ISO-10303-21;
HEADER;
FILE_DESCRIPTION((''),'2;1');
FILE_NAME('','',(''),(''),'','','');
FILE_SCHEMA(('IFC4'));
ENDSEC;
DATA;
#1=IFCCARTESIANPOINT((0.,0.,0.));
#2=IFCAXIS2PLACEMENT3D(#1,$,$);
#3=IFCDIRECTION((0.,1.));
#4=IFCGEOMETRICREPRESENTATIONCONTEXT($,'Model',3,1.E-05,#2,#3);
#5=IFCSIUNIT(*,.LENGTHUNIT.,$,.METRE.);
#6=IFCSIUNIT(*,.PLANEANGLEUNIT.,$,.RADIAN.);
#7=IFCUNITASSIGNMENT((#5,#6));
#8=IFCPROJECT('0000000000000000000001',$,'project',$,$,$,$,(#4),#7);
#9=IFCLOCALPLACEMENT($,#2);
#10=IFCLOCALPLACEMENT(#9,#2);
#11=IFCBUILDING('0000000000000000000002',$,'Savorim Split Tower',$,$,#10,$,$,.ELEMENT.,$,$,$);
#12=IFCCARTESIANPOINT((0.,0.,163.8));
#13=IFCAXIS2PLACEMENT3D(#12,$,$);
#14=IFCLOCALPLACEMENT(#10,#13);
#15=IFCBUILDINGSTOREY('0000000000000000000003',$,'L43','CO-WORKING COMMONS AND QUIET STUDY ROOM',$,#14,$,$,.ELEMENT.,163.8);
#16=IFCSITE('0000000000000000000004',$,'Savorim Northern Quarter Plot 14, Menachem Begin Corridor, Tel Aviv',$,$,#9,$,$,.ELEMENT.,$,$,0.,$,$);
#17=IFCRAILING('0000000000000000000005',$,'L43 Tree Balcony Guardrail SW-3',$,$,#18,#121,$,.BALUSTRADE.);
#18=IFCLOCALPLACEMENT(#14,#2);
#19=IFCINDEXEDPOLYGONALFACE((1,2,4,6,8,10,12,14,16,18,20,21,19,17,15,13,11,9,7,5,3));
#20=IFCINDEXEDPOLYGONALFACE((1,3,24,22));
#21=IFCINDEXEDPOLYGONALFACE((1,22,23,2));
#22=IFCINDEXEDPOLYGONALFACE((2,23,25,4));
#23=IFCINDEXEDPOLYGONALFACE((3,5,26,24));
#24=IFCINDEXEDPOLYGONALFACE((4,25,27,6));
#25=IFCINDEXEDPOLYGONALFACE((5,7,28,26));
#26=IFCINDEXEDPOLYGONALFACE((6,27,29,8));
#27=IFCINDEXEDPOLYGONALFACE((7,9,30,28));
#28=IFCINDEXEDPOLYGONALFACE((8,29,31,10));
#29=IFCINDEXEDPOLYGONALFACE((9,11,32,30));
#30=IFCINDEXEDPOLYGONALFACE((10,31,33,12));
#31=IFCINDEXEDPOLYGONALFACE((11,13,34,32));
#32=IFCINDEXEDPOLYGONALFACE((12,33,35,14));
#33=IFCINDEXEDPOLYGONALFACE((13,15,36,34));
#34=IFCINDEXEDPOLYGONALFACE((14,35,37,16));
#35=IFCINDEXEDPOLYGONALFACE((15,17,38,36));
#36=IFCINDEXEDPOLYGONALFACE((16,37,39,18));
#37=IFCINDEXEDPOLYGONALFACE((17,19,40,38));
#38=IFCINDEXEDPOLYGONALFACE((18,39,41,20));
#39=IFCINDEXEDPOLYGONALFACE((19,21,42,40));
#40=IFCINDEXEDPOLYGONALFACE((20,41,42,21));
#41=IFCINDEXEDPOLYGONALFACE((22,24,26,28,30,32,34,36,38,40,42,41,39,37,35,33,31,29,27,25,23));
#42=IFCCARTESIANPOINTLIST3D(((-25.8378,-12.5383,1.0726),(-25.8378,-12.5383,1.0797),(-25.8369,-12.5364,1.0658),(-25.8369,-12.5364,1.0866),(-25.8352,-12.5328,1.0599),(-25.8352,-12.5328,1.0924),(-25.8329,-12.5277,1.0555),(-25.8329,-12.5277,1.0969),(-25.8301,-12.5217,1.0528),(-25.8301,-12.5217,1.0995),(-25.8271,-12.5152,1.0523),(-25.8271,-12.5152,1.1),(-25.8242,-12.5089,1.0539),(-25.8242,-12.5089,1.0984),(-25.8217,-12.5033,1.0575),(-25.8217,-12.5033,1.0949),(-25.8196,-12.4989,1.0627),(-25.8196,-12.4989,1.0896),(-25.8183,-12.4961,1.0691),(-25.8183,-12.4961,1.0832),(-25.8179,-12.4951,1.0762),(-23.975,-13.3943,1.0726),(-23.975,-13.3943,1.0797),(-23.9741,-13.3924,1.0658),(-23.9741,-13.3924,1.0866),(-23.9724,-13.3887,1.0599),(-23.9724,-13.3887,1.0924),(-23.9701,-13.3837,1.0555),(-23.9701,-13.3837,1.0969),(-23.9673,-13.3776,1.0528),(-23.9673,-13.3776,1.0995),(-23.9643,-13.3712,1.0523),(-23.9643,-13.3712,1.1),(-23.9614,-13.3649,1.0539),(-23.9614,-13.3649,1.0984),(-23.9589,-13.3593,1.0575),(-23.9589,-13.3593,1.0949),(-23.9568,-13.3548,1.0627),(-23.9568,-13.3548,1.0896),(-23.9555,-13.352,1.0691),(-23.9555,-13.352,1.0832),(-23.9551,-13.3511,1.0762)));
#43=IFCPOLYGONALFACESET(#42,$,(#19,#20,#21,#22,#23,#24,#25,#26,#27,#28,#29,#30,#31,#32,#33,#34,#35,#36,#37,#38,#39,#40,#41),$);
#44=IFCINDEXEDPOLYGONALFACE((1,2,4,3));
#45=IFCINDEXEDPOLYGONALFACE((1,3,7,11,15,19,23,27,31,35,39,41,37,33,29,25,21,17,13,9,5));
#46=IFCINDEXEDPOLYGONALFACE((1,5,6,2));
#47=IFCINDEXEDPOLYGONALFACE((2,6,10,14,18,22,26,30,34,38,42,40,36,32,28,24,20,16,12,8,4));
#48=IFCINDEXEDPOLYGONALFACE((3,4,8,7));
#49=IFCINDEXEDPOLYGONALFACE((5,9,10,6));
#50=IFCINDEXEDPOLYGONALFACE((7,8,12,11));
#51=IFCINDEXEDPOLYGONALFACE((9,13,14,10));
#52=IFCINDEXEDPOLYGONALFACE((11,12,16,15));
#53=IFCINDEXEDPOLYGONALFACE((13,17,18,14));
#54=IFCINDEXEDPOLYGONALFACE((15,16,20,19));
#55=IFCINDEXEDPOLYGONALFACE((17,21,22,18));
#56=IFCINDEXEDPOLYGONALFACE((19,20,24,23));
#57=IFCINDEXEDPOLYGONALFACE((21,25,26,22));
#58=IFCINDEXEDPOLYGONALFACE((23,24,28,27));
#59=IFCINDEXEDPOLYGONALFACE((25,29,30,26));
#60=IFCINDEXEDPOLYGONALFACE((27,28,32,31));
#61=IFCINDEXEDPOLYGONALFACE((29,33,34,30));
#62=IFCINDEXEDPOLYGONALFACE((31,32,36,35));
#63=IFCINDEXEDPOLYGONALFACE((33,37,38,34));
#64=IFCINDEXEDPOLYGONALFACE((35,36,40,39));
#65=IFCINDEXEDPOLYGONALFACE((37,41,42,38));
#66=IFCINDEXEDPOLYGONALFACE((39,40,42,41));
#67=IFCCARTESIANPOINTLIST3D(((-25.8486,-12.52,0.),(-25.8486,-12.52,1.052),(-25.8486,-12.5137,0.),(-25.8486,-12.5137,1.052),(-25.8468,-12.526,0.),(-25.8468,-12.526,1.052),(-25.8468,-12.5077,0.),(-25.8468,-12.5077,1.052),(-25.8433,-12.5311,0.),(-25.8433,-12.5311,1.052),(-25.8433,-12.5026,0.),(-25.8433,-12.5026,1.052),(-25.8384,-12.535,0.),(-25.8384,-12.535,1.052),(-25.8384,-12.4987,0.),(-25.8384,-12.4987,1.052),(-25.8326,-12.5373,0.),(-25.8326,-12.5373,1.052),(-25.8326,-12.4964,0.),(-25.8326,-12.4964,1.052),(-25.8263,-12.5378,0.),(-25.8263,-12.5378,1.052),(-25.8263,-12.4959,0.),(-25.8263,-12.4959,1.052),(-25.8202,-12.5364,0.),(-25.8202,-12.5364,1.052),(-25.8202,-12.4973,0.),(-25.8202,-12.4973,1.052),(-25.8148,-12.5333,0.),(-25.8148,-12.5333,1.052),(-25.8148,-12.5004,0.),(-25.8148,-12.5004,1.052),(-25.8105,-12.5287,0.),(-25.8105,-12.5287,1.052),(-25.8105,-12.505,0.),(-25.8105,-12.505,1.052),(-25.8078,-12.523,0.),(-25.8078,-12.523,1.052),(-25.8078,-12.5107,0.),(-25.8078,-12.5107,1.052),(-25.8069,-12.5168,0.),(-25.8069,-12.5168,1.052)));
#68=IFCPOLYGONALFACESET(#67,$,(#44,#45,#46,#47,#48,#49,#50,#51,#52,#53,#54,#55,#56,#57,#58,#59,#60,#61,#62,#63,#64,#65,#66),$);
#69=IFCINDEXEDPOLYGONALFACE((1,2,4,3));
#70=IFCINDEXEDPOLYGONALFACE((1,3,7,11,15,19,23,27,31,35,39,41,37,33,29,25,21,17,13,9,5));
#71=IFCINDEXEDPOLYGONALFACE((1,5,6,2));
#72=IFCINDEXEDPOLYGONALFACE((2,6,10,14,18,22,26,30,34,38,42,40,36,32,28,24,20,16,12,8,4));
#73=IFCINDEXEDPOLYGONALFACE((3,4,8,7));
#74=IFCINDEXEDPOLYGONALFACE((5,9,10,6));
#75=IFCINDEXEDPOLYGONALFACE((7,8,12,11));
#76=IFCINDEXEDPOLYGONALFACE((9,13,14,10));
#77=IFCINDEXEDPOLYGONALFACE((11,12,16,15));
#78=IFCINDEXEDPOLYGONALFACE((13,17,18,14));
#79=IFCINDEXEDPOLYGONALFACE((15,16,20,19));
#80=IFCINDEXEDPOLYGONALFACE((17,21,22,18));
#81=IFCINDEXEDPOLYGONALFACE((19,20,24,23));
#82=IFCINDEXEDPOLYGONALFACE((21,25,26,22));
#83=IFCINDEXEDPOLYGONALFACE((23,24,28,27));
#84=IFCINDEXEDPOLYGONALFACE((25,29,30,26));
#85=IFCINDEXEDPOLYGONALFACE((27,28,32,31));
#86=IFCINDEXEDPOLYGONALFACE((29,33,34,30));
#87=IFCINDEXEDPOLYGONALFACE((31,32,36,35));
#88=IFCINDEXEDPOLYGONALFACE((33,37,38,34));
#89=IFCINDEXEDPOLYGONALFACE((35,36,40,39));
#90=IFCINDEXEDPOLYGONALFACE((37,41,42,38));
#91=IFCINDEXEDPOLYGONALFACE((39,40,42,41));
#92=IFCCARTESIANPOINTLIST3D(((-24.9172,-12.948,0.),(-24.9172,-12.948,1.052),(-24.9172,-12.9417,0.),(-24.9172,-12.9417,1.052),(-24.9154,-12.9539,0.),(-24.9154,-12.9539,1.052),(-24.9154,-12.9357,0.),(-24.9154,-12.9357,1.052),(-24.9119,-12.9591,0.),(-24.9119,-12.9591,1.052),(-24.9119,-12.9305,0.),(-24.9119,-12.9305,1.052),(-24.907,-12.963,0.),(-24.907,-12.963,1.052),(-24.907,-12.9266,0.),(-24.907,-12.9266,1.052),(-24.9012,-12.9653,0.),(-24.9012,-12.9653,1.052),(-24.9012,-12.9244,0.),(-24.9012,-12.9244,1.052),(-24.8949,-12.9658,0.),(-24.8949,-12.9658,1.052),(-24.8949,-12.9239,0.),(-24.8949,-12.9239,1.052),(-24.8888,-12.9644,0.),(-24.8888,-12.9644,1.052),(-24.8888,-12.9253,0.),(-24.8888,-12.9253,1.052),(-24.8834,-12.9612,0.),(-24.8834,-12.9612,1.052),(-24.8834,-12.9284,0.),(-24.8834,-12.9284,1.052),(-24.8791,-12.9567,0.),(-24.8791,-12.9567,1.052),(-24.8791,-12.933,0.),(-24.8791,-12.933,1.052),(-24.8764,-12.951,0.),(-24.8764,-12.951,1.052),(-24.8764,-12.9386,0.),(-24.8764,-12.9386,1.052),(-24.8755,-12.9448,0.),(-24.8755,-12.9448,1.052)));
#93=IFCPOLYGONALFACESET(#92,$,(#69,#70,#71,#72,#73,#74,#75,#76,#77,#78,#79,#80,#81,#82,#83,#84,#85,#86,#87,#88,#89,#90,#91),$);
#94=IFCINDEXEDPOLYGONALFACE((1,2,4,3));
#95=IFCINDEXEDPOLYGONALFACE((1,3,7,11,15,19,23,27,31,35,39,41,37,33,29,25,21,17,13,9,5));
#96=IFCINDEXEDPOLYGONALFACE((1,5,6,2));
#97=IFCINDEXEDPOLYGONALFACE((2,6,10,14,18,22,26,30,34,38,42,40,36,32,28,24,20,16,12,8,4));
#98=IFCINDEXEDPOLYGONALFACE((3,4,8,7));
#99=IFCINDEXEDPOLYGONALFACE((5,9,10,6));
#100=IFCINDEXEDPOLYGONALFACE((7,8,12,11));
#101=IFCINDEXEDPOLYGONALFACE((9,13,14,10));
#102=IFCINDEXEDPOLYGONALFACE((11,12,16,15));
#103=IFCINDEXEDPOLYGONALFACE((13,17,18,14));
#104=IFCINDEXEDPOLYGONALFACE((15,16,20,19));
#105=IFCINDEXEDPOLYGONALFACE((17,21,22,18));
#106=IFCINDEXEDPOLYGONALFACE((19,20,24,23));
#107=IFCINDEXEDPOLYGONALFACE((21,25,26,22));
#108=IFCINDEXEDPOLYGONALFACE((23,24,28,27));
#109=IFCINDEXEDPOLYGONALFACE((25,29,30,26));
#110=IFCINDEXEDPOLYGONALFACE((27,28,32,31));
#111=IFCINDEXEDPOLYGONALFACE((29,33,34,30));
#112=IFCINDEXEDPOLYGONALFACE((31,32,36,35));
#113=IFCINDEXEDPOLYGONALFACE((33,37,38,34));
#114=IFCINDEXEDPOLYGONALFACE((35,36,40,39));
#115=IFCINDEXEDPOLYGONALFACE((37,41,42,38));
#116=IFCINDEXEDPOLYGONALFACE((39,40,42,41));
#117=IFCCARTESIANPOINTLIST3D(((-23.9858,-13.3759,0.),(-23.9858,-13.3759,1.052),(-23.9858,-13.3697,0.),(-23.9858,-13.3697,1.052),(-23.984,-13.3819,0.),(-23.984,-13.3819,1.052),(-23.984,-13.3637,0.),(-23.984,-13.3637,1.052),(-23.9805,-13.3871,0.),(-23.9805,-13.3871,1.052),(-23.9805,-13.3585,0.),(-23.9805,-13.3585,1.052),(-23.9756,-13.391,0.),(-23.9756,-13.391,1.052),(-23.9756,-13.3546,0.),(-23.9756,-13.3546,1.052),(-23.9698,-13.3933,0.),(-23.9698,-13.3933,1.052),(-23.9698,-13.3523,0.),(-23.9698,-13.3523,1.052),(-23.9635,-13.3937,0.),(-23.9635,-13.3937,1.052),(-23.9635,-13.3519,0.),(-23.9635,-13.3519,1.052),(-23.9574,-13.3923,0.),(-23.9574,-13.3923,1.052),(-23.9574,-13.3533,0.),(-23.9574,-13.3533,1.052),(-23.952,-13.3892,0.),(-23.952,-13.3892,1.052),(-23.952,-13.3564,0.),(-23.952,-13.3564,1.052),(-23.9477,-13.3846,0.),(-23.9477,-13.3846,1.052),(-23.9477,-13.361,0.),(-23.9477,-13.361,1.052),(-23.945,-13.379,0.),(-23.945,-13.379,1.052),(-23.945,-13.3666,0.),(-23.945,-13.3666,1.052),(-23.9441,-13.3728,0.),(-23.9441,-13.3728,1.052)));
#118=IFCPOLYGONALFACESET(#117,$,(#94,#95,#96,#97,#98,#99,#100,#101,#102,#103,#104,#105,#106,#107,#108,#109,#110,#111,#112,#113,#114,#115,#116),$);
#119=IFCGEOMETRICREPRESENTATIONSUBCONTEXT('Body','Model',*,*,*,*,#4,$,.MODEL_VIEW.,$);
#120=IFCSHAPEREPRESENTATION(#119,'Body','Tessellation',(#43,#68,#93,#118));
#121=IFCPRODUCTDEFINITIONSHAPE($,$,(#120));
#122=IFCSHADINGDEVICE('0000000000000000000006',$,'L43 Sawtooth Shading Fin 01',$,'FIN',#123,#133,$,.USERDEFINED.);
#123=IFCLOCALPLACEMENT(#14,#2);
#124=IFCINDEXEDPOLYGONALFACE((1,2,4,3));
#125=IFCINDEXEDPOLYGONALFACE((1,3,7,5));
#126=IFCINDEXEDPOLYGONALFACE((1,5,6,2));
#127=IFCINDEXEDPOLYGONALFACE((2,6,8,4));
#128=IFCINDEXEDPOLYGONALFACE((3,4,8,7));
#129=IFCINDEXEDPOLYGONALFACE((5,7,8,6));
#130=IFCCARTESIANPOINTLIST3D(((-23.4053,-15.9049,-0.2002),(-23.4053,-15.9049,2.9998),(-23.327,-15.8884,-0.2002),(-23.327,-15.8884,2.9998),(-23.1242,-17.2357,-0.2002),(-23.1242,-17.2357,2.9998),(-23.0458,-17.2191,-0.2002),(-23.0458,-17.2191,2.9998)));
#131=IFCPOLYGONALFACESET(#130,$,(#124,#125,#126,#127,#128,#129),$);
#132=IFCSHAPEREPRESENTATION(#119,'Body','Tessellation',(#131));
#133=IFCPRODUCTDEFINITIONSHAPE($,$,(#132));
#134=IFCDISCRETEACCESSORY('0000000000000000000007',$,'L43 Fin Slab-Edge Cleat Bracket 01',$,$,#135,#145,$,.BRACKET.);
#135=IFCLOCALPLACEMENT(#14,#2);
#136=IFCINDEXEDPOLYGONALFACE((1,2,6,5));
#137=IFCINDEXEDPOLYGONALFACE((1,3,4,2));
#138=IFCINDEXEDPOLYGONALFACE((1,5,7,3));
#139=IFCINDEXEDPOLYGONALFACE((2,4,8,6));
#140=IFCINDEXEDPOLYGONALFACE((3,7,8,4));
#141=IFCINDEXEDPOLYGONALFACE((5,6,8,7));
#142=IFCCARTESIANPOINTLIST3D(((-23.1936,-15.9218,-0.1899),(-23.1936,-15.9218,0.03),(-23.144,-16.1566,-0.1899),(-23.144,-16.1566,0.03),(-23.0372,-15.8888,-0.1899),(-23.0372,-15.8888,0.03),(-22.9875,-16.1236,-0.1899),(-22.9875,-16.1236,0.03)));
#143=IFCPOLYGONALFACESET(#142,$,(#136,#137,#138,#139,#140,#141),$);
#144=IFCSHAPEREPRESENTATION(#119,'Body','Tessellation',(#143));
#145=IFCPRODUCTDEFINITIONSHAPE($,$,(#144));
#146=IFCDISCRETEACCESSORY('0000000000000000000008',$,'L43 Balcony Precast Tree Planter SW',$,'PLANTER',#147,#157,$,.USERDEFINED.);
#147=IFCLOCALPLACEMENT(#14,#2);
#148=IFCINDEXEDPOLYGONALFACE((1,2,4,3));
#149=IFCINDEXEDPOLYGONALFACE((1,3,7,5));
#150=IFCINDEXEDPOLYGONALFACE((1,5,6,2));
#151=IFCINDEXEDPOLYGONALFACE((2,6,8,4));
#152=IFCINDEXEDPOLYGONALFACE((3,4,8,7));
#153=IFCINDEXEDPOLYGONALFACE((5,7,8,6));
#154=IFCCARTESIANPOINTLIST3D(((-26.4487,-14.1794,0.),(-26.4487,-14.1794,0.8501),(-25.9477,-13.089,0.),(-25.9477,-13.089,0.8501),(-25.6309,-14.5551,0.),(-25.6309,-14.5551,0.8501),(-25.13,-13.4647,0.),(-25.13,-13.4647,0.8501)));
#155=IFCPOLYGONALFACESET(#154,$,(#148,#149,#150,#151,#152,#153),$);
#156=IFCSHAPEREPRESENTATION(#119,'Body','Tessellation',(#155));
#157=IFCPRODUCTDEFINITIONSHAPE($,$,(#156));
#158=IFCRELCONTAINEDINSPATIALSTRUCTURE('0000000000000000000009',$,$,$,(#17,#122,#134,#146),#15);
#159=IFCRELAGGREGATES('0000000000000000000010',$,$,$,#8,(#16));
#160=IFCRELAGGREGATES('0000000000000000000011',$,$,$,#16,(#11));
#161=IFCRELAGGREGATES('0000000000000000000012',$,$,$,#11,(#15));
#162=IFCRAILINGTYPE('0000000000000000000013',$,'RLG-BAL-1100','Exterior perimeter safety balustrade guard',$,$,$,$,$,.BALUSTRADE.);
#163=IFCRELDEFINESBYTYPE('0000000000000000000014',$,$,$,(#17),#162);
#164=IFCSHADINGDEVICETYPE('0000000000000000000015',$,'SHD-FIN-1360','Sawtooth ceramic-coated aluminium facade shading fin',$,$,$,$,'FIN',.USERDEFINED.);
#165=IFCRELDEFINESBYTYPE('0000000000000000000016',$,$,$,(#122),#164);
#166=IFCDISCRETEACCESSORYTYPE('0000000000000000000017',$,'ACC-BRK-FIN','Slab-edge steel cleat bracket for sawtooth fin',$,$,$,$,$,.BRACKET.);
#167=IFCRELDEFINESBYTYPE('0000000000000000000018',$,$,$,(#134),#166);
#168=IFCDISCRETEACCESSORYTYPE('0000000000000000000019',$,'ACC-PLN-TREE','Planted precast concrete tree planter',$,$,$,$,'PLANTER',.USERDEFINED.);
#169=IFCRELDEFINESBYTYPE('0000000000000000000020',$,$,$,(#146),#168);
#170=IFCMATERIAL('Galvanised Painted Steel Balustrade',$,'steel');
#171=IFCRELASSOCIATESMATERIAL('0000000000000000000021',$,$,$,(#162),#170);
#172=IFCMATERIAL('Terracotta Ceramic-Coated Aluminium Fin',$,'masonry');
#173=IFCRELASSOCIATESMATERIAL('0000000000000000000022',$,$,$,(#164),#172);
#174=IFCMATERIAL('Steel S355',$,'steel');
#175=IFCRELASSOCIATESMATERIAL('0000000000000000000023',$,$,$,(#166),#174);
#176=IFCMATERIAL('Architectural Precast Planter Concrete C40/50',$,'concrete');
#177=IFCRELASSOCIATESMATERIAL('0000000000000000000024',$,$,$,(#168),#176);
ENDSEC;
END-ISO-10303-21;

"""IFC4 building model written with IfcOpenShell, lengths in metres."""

from ifc_helpers import new_model, si_unit, direction, frame, origin, origin_2d, place, context, subcontext, project, spatial, rectangle, circle, extrude, material, type_object, element, save


model = new_model("IFC4")

# Units and contexts
model_context = context("Model", 3, precision=1e-05, world=origin(), true_north=direction((0.0, 1.0)))
body_context = subcontext(model_context, "Body", "Model", "MODEL_VIEW")
ifc_project = project(units=[si_unit("LENGTHUNIT", "METRE"), si_unit("PLANEANGLEUNIT", "RADIAN")], contexts=[model_context])

# Site, building, storey
site_placement = place(None, origin())
site = spatial("IfcSite", under=ifc_project, at=site_placement, Name="Savorim Northern Quarter Plot 14, Menachem Begin Corridor, Tel Aviv", CompositionType="ELEMENT", RefElevation=0.0)
building_placement = place(site_placement, origin())
building = spatial("IfcBuilding", under=site, at=building_placement, Name="Savorim Split Tower", CompositionType="ELEMENT")
storey_placement = place(building_placement, frame((0.0, 0.0, 163.8)))
storey = spatial("IfcBuildingStorey", under=building, at=storey_placement, Name="L43", Description="CO-WORKING COMMONS AND QUIET STUDY ROOM", CompositionType="ELEMENT", Elevation=163.8)

# Shared definitions
ifc_material_1 = material(Name="Steel S355", Category="steel")

# Railing
ifc_material_2 = material(Name="Galvanised Painted Steel Balustrade", Category="steel")
railing_type = type_object("IfcRailingType", Name="RLG-BAL-1100", Description="Exterior perimeter safety balustrade guard", PredefinedType="BALUSTRADE", material=ifc_material_2)
railing_1_placement = place(storey_placement, frame((-25.8279, -12.5168, 0.0)))
element("IfcRailing", 1, at=railing_1_placement, inside=storey, type_object=railing_type, Name="L43 Tree Balcony Guardrail SW-3", PredefinedType="BALUSTRADE", context=body_context, shape_type="SweptSolid", body=[
    extrude(circle(Radius=0.0239, at=origin_2d()), frame((0.0, 0.0, 1.0762), z_axis=(0.908662, -0.417532, 0.0), x_axis=(0.417532, 0.908662, 0.0)), (0.0, 0.0, 1.0), 2.05),
    extrude(circle(Radius=0.021, at=origin_2d()), origin(), (0.0, 0.0, 1.0), 1.052),
    extrude(circle(Radius=0.021, at=origin_2d()), frame((0.9314, -0.428, 0.0)), (0.0, 0.0, 1.0), 1.052),
    extrude(circle(Radius=0.021, at=origin_2d()), frame((1.8628, -0.856, 0.0)), (0.0, 0.0, 1.0), 1.052),
])

# Shading device
ifc_material_3 = material(Name="Terracotta Ceramic-Coated Aluminium Fin", Category="masonry")
shading_device_type = type_object("IfcShadingDeviceType", Name="SHD-FIN-1360", Description="Sawtooth ceramic-coated aluminium facade shading fin", ElementType="FIN", PredefinedType="USERDEFINED", material=ifc_material_3)
shading_device_placement = place(storey_placement, frame((-23.2256, -16.562, -0.2002), z_axis=(0.0, 0.0, 1.0), x_axis=(0.206722, -0.9784, 0.0)))
element("IfcShadingDevice", 2, at=shading_device_placement, inside=storey, type_object=shading_device_type, Name="L43 Sawtooth Shading Fin 01", ObjectType="FIN", PredefinedType="USERDEFINED", context=body_context, shape_type="SweptSolid", body=[
    extrude(rectangle(XDim=1.3601, YDim=0.0801, at=origin_2d()), origin(), (0.0, 0.0, 1.0), 3.2),
])

# Discrete accessories
discrete_accessory_type_1 = type_object("IfcDiscreteAccessoryType", Name="ACC-BRK-FIN", Description="Slab-edge steel cleat bracket for sawtooth fin", PredefinedType="BRACKET", material=ifc_material_1)
discrete_accessory_1_placement = place(storey_placement, frame((-23.0906, -16.0227, -0.1899), z_axis=(0.0, 0.0, 1.0), x_axis=(0.206722, -0.9784, 0.0)))
element("IfcDiscreteAccessory", 3, at=discrete_accessory_1_placement, inside=storey, type_object=discrete_accessory_type_1, Name="L43 Fin Slab-Edge Cleat Bracket 01", PredefinedType="BRACKET", context=body_context, shape_type="SweptSolid", body=[
    extrude(rectangle(XDim=0.24, YDim=0.1599, at=origin_2d()), origin(), (0.0, 0.0, 1.0), 0.22),
])
ifc_material_4 = material(Name="Architectural Precast Planter Concrete C40/50", Category="concrete")
discrete_accessory_type_2 = type_object("IfcDiscreteAccessoryType", Name="ACC-PLN-TREE", Description="Planted precast concrete tree planter", ElementType="PLANTER", PredefinedType="USERDEFINED", material=ifc_material_4)
discrete_accessory_2_placement = place(storey_placement, frame((-25.7893, -13.822, 0.0), z_axis=(0.0, 0.0, 1.0), x_axis=(-0.417496, -0.908679, 0.0)))
element("IfcDiscreteAccessory", 4, at=discrete_accessory_2_placement, inside=storey, type_object=discrete_accessory_type_2, Name="L43 Balcony Precast Tree Planter SW", ObjectType="PLANTER", PredefinedType="USERDEFINED", context=body_context, shape_type="SweptSolid", body=[
    extrude(rectangle(XDim=1.2, YDim=0.8999, at=origin_2d()), origin(), (0.0, 0.0, 1.0), 0.8501),
])

save(model, "model.ifc")
